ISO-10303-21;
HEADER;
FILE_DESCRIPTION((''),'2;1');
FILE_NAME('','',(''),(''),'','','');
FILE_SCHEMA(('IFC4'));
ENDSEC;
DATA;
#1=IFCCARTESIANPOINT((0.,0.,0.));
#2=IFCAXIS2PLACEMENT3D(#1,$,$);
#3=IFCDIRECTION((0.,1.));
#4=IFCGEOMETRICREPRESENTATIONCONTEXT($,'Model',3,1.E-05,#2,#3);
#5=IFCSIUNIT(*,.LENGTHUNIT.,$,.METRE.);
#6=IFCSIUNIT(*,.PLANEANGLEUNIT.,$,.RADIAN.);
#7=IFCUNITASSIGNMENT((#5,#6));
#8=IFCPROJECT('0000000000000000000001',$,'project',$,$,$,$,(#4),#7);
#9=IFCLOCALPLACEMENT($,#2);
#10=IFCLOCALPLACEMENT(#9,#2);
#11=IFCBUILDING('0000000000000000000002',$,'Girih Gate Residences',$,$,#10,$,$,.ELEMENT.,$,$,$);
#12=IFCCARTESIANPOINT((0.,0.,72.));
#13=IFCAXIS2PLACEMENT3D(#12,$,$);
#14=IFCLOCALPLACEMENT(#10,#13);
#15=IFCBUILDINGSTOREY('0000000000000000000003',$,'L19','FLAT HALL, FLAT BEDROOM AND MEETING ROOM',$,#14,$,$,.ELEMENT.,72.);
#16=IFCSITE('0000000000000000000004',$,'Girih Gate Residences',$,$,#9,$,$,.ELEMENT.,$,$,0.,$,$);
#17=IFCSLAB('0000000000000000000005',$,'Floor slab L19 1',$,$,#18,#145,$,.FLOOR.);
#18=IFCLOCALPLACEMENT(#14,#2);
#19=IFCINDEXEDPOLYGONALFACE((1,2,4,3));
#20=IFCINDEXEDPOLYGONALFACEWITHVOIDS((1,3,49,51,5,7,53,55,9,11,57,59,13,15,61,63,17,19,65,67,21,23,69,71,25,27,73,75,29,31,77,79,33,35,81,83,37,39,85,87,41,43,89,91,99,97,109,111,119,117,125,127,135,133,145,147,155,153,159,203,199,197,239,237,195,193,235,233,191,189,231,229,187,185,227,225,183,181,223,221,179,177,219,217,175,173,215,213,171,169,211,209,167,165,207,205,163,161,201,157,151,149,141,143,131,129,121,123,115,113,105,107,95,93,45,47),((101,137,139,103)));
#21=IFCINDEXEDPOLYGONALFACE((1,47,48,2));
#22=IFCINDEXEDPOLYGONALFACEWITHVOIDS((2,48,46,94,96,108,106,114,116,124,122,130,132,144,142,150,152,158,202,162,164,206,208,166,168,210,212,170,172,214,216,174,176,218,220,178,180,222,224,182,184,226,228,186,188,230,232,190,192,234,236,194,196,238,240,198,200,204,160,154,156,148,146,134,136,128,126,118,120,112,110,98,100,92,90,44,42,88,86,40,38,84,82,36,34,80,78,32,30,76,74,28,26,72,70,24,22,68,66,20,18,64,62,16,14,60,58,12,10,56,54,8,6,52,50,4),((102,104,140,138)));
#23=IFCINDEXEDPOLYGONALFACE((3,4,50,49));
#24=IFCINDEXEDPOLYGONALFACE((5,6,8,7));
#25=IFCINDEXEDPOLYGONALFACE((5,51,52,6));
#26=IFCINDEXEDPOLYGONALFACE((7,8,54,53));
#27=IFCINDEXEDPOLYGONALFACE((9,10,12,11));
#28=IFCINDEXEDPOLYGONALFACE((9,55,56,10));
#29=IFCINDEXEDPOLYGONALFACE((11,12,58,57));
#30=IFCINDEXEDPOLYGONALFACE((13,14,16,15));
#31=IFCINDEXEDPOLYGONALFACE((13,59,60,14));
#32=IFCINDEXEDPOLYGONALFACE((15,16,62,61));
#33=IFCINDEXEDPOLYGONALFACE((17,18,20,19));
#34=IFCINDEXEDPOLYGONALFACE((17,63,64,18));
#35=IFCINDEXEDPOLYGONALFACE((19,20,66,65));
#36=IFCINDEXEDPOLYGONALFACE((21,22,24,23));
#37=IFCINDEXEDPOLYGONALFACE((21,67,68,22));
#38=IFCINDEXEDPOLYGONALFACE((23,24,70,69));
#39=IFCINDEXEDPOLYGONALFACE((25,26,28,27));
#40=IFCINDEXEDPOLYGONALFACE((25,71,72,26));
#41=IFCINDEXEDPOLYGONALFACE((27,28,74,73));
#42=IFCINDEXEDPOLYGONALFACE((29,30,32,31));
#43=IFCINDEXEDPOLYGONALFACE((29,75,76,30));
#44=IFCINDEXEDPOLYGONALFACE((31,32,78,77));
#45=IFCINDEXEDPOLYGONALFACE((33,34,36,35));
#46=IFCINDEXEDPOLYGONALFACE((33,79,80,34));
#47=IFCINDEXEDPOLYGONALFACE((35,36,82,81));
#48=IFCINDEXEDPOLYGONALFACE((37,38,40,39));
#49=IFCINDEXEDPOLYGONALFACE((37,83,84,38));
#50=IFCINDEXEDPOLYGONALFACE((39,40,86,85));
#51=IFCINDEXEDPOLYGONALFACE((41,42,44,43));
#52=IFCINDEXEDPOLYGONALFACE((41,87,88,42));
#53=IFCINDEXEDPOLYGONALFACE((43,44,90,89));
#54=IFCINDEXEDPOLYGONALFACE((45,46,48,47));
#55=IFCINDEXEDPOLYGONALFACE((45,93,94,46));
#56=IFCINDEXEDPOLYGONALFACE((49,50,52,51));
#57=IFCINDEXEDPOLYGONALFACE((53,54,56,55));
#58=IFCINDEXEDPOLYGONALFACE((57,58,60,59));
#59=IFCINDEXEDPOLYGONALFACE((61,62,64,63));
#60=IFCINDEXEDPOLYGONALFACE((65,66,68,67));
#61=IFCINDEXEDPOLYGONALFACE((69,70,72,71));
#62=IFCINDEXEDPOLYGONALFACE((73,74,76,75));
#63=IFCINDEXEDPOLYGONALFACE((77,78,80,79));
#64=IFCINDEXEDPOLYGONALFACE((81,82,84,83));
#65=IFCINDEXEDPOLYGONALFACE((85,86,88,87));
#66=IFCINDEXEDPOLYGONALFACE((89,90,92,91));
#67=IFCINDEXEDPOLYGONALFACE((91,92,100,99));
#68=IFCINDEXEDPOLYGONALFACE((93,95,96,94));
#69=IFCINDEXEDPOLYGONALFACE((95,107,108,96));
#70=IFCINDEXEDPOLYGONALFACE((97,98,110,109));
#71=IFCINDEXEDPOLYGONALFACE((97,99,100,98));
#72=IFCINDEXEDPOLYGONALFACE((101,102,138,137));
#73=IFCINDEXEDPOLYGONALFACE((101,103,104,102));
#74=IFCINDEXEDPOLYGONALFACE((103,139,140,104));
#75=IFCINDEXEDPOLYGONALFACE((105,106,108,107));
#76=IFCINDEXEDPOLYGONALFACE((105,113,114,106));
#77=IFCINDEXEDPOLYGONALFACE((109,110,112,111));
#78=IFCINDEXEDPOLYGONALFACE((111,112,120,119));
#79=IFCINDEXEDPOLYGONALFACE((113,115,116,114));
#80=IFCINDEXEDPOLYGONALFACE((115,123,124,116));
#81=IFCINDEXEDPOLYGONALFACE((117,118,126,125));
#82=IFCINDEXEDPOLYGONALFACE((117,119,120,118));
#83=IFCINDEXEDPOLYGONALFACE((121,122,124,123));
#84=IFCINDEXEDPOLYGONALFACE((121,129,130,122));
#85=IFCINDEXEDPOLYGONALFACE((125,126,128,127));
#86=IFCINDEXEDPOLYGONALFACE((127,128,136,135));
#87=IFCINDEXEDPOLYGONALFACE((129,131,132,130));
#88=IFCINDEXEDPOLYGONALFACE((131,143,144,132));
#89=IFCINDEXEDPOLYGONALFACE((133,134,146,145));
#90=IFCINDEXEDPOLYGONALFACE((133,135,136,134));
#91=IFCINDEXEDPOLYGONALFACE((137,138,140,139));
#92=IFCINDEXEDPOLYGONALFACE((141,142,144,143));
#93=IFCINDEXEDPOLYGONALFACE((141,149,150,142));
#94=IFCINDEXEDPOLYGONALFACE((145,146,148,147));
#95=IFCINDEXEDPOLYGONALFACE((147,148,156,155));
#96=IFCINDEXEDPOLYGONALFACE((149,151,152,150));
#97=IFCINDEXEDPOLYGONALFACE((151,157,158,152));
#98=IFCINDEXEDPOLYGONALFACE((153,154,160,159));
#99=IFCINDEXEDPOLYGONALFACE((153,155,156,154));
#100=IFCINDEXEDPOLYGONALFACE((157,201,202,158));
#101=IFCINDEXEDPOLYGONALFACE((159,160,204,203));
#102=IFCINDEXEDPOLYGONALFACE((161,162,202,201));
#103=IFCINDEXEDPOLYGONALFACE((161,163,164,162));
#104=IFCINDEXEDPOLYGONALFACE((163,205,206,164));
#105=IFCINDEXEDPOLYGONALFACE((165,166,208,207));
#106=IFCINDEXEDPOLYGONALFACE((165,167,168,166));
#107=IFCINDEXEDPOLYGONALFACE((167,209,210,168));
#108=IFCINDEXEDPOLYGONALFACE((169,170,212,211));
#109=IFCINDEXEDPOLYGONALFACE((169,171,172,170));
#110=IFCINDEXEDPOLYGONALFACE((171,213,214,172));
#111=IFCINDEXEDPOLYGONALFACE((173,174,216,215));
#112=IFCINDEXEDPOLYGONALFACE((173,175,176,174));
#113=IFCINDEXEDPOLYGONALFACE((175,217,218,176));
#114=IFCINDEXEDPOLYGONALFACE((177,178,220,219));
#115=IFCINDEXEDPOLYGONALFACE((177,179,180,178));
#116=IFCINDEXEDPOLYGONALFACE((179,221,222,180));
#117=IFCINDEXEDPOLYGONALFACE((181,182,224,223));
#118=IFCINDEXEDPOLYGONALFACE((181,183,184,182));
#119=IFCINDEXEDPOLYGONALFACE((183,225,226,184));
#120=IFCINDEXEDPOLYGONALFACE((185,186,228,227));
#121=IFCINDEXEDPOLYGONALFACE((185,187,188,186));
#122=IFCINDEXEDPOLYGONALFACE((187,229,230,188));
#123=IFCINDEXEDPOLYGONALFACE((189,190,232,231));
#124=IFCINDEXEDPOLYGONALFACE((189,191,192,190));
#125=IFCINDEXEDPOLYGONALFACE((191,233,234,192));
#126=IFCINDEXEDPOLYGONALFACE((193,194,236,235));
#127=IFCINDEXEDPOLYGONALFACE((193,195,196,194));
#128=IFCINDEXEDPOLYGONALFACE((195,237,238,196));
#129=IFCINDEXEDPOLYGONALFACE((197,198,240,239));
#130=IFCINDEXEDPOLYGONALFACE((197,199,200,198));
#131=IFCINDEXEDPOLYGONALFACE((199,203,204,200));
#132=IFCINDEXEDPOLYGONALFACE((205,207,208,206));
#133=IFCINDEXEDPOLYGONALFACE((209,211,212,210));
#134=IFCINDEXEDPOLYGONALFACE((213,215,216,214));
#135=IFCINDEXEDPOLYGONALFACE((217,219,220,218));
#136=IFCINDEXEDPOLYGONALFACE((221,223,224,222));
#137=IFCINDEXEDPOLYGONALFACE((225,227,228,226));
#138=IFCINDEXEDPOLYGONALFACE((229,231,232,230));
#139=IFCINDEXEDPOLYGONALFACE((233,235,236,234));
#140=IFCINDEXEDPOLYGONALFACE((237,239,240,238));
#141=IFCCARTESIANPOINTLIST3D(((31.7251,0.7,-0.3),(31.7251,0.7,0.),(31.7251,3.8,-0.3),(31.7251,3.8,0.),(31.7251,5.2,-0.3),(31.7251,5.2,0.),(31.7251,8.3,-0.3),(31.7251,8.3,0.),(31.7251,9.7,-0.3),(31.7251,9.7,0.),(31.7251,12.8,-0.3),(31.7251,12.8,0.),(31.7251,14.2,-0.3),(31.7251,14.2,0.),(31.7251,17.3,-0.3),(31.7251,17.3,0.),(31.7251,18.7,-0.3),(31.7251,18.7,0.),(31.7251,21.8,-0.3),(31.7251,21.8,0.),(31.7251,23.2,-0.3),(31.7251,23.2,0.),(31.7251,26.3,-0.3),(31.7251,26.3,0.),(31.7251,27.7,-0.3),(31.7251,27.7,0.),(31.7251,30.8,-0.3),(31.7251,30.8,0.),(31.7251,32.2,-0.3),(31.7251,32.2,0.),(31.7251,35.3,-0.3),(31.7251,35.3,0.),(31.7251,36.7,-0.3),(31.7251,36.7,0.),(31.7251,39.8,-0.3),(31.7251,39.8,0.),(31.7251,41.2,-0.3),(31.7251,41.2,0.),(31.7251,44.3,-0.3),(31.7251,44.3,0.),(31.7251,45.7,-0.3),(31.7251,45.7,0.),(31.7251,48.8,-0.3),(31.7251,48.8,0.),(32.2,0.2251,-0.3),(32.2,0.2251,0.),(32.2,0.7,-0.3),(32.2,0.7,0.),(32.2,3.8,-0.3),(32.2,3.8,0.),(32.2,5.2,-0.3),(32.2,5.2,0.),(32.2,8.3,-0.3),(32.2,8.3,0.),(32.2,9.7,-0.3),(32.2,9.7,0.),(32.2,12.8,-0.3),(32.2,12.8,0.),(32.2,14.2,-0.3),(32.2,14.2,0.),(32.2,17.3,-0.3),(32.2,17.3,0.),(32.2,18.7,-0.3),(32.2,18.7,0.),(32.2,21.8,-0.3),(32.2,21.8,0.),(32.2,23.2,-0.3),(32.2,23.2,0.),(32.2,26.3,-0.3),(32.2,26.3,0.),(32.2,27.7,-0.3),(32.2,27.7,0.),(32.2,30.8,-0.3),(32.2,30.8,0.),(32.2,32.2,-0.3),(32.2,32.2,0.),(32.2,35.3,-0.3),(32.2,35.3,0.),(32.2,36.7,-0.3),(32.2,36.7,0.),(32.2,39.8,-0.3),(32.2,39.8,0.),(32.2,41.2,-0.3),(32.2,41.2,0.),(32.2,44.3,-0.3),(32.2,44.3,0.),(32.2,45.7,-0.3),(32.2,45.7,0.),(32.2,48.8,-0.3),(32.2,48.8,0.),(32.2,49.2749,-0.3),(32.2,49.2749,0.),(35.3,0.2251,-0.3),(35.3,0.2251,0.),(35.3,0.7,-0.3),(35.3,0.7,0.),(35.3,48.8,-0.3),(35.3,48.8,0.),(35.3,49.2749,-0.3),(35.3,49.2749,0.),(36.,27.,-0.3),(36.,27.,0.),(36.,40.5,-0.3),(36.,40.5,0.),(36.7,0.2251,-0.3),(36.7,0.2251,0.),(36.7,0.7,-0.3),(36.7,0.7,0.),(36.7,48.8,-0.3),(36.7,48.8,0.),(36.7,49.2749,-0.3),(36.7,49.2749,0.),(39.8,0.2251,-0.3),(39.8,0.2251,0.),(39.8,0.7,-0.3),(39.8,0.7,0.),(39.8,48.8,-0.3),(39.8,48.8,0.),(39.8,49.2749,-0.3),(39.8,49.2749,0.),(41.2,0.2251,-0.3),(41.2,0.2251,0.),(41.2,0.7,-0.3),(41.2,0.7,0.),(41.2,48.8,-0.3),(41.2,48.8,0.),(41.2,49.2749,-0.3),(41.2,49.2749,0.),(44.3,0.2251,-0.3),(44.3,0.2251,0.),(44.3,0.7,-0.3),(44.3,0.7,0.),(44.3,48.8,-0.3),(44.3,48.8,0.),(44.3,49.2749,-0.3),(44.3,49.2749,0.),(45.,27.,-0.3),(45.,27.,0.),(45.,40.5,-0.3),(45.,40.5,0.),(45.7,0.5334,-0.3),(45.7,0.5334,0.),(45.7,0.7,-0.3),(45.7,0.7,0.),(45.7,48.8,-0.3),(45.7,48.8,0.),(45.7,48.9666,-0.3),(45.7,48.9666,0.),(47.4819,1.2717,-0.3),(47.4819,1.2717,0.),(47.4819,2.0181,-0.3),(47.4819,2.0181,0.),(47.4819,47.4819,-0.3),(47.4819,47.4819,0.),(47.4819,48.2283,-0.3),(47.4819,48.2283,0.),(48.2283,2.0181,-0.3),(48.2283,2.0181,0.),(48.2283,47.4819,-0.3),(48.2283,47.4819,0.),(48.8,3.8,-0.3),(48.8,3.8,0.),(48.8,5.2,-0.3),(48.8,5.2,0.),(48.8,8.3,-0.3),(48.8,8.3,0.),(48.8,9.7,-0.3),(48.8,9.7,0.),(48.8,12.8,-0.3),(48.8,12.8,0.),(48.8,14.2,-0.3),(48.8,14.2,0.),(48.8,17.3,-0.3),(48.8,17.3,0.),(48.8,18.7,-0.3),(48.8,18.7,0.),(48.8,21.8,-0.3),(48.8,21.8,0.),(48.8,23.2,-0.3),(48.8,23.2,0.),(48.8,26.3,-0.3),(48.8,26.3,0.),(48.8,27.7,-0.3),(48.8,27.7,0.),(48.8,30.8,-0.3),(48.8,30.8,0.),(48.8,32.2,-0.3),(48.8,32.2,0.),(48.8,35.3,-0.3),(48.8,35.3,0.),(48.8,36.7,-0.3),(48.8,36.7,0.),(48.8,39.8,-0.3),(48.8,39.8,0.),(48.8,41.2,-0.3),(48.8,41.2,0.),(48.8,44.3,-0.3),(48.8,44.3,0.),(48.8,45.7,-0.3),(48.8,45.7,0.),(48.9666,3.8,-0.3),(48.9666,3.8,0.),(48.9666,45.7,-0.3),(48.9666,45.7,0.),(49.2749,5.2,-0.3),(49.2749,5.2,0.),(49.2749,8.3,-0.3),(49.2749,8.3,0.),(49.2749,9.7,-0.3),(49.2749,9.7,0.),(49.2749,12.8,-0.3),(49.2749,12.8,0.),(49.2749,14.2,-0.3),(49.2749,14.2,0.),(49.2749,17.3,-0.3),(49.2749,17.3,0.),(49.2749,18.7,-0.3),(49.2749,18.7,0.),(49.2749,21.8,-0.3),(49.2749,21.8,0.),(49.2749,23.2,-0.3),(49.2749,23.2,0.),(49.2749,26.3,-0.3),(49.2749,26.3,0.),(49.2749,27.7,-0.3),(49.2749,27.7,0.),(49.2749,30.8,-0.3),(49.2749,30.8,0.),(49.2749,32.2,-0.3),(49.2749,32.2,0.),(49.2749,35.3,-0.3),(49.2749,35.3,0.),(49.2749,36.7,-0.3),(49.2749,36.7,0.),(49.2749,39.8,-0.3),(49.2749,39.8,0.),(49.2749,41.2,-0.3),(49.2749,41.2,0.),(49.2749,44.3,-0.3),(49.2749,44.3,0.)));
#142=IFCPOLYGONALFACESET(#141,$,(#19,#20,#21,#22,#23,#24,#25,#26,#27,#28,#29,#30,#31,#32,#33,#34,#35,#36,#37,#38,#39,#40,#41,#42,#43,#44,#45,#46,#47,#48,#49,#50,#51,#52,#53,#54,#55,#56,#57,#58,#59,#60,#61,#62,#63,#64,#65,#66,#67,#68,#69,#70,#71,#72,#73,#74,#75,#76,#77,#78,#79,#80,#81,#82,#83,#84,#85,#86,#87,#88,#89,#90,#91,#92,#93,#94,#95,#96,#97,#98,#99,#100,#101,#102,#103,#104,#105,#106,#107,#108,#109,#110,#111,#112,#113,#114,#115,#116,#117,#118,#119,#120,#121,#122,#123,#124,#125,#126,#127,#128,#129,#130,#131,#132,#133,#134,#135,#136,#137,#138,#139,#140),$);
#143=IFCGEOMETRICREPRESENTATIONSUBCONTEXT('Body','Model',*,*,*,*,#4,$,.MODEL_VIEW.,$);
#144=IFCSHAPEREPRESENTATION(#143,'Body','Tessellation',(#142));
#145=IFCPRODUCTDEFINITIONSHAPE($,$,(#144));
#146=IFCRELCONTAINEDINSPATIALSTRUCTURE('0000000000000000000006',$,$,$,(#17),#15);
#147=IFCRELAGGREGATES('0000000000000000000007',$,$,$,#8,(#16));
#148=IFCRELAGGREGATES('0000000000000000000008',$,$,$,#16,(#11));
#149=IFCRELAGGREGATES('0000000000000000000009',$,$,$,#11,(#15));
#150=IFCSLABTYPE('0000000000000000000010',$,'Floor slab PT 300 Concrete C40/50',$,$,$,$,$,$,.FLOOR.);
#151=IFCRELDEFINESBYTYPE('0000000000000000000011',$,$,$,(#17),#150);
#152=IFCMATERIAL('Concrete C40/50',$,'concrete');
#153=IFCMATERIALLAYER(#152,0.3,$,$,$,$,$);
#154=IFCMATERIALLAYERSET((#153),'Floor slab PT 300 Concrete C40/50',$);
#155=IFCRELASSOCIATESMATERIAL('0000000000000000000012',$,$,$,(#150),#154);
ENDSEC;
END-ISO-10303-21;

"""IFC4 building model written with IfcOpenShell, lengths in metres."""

from ifc_helpers import new_model, si_unit, direction, frame, origin, place, context, subcontext, project, spatial, polyline, outline, extrude, material, layer, layer_set, type_object, element, save


model = new_model("IFC4")

# Units and contexts
model_context = context("Model", 3, precision=1e-05, world=origin(), true_north=direction((0.0, 1.0)))
body_context = subcontext(model_context, "Body", "Model", "MODEL_VIEW")
ifc_project = project(units=[si_unit("LENGTHUNIT", "METRE"), si_unit("PLANEANGLEUNIT", "RADIAN")], contexts=[model_context])

# Site, building, storey
site_placement = place(None, origin())
site = spatial("IfcSite", under=ifc_project, at=site_placement, Name="Girih Gate Residences", CompositionType="ELEMENT", RefElevation=0.0)
building_placement = place(site_placement, origin())
building = spatial("IfcBuilding", under=site, at=building_placement, Name="Girih Gate Residences", CompositionType="ELEMENT")
storey_placement = place(building_placement, frame((0.0, 0.0, 72.0)))
storey = spatial("IfcBuildingStorey", under=building, at=storey_placement, Name="L19", Description="FLAT HALL, FLAT BEDROOM AND MEETING ROOM", CompositionType="ELEMENT", Elevation=72.0)

# Slab
ifc_material_1 = material(Name="Concrete C40/50", Category="concrete")
ifc_layer_1 = layer(ifc_material_1, 0.3)
ifc_layer_set_1 = layer_set([ifc_layer_1], Name="Floor slab PT 300 Concrete C40/50")
slab_type_1 = type_object("IfcSlabType", Name="Floor slab PT 300 Concrete C40/50", PredefinedType="FLOOR", material=ifc_layer_set_1)
slab_1_placement = place(storey_placement, frame((0.0, 0.0, -0.3)))
element("IfcSlab", 1, at=slab_1_placement, inside=storey, type_object=slab_type_1, Name="Floor slab L19 1", PredefinedType="FLOOR", context=body_context, shape_type="SweptSolid", body=[
    extrude(outline(polyline([(35.3, 49.2749), (32.2, 49.2749), (32.2, 48.8), (31.7251, 48.8), (31.7251, 45.7), (32.2, 45.7), (32.2, 44.3), (31.7251, 44.3), (31.7251, 41.2), (32.2, 41.2), (32.2, 39.8), (31.7251, 39.8), (31.7251, 36.7), (32.2, 36.7), (32.2, 35.3), (31.7251, 35.3), (31.7251, 32.2), (32.2, 32.2), (32.2, 30.8), (31.7251, 30.8), (31.7251, 27.7), (32.2, 27.7), (32.2, 26.3), (31.7251, 26.3), (31.7251, 23.2), (32.2, 23.2), (32.2, 21.8), (31.7251, 21.8), (31.7251, 18.7), (32.2, 18.7), (32.2, 17.3), (31.7251, 17.3), (31.7251, 14.2), (32.2, 14.2), (32.2, 12.8), (31.7251, 12.8), (31.7251, 9.7), (32.2, 9.7), (32.2, 8.3), (31.7251, 8.3), (31.7251, 5.2), (32.2, 5.2), (32.2, 3.8), (31.7251, 3.8), (31.7251, 0.7), (32.2, 0.7), (32.2, 0.2251), (35.3, 0.2251), (35.3, 0.7), (36.7, 0.7), (36.7, 0.2251), (39.8, 0.2251), (39.8, 0.7), (41.2, 0.7), (41.2, 0.2251), (44.3, 0.2251), (44.3, 0.7), (45.7, 0.7), (45.7, 0.5334), (47.4819, 1.2717), (47.4819, 2.0181), (48.2283, 2.0181), (48.9666, 3.8), (48.8, 3.8), (48.8, 5.2), (49.2749, 5.2), (49.2749, 8.3), (48.8, 8.3), (48.8, 9.7), (49.2749, 9.7), (49.2749, 12.8), (48.8, 12.8), (48.8, 14.2), (49.2749, 14.2), (49.2749, 17.3), (48.8, 17.3), (48.8, 18.7), (49.2749, 18.7), (49.2749, 21.8), (48.8, 21.8), (48.8, 23.2), (49.2749, 23.2), (49.2749, 26.3), (48.8, 26.3), (48.8, 27.7), (49.2749, 27.7), (49.2749, 30.8), (48.8, 30.8), (48.8, 32.2), (49.2749, 32.2), (49.2749, 35.3), (48.8, 35.3), (48.8, 36.7), (49.2749, 36.7), (49.2749, 39.8), (48.8, 39.8), (48.8, 41.2), (49.2749, 41.2), (49.2749, 44.3), (48.8, 44.3), (48.8, 45.7), (48.9666, 45.7), (48.2283, 47.4819), (47.4819, 47.4819), (47.4819, 48.2283), (45.7, 48.9666), (45.7, 48.8), (44.3, 48.8), (44.3, 49.2749), (41.2, 49.2749), (41.2, 48.8), (39.8, 48.8), (39.8, 49.2749), (36.7, 49.2749), (36.7, 48.8), (35.3, 48.8), (35.3, 49.2749)]), holes=[polyline([(45.0, 40.5), (45.0, 27.0), (36.0, 27.0), (36.0, 40.5), (45.0, 40.5)])]), origin(), (0.0, 0.0, 1.0), 0.3),
])

save(model, "model.ifc")
